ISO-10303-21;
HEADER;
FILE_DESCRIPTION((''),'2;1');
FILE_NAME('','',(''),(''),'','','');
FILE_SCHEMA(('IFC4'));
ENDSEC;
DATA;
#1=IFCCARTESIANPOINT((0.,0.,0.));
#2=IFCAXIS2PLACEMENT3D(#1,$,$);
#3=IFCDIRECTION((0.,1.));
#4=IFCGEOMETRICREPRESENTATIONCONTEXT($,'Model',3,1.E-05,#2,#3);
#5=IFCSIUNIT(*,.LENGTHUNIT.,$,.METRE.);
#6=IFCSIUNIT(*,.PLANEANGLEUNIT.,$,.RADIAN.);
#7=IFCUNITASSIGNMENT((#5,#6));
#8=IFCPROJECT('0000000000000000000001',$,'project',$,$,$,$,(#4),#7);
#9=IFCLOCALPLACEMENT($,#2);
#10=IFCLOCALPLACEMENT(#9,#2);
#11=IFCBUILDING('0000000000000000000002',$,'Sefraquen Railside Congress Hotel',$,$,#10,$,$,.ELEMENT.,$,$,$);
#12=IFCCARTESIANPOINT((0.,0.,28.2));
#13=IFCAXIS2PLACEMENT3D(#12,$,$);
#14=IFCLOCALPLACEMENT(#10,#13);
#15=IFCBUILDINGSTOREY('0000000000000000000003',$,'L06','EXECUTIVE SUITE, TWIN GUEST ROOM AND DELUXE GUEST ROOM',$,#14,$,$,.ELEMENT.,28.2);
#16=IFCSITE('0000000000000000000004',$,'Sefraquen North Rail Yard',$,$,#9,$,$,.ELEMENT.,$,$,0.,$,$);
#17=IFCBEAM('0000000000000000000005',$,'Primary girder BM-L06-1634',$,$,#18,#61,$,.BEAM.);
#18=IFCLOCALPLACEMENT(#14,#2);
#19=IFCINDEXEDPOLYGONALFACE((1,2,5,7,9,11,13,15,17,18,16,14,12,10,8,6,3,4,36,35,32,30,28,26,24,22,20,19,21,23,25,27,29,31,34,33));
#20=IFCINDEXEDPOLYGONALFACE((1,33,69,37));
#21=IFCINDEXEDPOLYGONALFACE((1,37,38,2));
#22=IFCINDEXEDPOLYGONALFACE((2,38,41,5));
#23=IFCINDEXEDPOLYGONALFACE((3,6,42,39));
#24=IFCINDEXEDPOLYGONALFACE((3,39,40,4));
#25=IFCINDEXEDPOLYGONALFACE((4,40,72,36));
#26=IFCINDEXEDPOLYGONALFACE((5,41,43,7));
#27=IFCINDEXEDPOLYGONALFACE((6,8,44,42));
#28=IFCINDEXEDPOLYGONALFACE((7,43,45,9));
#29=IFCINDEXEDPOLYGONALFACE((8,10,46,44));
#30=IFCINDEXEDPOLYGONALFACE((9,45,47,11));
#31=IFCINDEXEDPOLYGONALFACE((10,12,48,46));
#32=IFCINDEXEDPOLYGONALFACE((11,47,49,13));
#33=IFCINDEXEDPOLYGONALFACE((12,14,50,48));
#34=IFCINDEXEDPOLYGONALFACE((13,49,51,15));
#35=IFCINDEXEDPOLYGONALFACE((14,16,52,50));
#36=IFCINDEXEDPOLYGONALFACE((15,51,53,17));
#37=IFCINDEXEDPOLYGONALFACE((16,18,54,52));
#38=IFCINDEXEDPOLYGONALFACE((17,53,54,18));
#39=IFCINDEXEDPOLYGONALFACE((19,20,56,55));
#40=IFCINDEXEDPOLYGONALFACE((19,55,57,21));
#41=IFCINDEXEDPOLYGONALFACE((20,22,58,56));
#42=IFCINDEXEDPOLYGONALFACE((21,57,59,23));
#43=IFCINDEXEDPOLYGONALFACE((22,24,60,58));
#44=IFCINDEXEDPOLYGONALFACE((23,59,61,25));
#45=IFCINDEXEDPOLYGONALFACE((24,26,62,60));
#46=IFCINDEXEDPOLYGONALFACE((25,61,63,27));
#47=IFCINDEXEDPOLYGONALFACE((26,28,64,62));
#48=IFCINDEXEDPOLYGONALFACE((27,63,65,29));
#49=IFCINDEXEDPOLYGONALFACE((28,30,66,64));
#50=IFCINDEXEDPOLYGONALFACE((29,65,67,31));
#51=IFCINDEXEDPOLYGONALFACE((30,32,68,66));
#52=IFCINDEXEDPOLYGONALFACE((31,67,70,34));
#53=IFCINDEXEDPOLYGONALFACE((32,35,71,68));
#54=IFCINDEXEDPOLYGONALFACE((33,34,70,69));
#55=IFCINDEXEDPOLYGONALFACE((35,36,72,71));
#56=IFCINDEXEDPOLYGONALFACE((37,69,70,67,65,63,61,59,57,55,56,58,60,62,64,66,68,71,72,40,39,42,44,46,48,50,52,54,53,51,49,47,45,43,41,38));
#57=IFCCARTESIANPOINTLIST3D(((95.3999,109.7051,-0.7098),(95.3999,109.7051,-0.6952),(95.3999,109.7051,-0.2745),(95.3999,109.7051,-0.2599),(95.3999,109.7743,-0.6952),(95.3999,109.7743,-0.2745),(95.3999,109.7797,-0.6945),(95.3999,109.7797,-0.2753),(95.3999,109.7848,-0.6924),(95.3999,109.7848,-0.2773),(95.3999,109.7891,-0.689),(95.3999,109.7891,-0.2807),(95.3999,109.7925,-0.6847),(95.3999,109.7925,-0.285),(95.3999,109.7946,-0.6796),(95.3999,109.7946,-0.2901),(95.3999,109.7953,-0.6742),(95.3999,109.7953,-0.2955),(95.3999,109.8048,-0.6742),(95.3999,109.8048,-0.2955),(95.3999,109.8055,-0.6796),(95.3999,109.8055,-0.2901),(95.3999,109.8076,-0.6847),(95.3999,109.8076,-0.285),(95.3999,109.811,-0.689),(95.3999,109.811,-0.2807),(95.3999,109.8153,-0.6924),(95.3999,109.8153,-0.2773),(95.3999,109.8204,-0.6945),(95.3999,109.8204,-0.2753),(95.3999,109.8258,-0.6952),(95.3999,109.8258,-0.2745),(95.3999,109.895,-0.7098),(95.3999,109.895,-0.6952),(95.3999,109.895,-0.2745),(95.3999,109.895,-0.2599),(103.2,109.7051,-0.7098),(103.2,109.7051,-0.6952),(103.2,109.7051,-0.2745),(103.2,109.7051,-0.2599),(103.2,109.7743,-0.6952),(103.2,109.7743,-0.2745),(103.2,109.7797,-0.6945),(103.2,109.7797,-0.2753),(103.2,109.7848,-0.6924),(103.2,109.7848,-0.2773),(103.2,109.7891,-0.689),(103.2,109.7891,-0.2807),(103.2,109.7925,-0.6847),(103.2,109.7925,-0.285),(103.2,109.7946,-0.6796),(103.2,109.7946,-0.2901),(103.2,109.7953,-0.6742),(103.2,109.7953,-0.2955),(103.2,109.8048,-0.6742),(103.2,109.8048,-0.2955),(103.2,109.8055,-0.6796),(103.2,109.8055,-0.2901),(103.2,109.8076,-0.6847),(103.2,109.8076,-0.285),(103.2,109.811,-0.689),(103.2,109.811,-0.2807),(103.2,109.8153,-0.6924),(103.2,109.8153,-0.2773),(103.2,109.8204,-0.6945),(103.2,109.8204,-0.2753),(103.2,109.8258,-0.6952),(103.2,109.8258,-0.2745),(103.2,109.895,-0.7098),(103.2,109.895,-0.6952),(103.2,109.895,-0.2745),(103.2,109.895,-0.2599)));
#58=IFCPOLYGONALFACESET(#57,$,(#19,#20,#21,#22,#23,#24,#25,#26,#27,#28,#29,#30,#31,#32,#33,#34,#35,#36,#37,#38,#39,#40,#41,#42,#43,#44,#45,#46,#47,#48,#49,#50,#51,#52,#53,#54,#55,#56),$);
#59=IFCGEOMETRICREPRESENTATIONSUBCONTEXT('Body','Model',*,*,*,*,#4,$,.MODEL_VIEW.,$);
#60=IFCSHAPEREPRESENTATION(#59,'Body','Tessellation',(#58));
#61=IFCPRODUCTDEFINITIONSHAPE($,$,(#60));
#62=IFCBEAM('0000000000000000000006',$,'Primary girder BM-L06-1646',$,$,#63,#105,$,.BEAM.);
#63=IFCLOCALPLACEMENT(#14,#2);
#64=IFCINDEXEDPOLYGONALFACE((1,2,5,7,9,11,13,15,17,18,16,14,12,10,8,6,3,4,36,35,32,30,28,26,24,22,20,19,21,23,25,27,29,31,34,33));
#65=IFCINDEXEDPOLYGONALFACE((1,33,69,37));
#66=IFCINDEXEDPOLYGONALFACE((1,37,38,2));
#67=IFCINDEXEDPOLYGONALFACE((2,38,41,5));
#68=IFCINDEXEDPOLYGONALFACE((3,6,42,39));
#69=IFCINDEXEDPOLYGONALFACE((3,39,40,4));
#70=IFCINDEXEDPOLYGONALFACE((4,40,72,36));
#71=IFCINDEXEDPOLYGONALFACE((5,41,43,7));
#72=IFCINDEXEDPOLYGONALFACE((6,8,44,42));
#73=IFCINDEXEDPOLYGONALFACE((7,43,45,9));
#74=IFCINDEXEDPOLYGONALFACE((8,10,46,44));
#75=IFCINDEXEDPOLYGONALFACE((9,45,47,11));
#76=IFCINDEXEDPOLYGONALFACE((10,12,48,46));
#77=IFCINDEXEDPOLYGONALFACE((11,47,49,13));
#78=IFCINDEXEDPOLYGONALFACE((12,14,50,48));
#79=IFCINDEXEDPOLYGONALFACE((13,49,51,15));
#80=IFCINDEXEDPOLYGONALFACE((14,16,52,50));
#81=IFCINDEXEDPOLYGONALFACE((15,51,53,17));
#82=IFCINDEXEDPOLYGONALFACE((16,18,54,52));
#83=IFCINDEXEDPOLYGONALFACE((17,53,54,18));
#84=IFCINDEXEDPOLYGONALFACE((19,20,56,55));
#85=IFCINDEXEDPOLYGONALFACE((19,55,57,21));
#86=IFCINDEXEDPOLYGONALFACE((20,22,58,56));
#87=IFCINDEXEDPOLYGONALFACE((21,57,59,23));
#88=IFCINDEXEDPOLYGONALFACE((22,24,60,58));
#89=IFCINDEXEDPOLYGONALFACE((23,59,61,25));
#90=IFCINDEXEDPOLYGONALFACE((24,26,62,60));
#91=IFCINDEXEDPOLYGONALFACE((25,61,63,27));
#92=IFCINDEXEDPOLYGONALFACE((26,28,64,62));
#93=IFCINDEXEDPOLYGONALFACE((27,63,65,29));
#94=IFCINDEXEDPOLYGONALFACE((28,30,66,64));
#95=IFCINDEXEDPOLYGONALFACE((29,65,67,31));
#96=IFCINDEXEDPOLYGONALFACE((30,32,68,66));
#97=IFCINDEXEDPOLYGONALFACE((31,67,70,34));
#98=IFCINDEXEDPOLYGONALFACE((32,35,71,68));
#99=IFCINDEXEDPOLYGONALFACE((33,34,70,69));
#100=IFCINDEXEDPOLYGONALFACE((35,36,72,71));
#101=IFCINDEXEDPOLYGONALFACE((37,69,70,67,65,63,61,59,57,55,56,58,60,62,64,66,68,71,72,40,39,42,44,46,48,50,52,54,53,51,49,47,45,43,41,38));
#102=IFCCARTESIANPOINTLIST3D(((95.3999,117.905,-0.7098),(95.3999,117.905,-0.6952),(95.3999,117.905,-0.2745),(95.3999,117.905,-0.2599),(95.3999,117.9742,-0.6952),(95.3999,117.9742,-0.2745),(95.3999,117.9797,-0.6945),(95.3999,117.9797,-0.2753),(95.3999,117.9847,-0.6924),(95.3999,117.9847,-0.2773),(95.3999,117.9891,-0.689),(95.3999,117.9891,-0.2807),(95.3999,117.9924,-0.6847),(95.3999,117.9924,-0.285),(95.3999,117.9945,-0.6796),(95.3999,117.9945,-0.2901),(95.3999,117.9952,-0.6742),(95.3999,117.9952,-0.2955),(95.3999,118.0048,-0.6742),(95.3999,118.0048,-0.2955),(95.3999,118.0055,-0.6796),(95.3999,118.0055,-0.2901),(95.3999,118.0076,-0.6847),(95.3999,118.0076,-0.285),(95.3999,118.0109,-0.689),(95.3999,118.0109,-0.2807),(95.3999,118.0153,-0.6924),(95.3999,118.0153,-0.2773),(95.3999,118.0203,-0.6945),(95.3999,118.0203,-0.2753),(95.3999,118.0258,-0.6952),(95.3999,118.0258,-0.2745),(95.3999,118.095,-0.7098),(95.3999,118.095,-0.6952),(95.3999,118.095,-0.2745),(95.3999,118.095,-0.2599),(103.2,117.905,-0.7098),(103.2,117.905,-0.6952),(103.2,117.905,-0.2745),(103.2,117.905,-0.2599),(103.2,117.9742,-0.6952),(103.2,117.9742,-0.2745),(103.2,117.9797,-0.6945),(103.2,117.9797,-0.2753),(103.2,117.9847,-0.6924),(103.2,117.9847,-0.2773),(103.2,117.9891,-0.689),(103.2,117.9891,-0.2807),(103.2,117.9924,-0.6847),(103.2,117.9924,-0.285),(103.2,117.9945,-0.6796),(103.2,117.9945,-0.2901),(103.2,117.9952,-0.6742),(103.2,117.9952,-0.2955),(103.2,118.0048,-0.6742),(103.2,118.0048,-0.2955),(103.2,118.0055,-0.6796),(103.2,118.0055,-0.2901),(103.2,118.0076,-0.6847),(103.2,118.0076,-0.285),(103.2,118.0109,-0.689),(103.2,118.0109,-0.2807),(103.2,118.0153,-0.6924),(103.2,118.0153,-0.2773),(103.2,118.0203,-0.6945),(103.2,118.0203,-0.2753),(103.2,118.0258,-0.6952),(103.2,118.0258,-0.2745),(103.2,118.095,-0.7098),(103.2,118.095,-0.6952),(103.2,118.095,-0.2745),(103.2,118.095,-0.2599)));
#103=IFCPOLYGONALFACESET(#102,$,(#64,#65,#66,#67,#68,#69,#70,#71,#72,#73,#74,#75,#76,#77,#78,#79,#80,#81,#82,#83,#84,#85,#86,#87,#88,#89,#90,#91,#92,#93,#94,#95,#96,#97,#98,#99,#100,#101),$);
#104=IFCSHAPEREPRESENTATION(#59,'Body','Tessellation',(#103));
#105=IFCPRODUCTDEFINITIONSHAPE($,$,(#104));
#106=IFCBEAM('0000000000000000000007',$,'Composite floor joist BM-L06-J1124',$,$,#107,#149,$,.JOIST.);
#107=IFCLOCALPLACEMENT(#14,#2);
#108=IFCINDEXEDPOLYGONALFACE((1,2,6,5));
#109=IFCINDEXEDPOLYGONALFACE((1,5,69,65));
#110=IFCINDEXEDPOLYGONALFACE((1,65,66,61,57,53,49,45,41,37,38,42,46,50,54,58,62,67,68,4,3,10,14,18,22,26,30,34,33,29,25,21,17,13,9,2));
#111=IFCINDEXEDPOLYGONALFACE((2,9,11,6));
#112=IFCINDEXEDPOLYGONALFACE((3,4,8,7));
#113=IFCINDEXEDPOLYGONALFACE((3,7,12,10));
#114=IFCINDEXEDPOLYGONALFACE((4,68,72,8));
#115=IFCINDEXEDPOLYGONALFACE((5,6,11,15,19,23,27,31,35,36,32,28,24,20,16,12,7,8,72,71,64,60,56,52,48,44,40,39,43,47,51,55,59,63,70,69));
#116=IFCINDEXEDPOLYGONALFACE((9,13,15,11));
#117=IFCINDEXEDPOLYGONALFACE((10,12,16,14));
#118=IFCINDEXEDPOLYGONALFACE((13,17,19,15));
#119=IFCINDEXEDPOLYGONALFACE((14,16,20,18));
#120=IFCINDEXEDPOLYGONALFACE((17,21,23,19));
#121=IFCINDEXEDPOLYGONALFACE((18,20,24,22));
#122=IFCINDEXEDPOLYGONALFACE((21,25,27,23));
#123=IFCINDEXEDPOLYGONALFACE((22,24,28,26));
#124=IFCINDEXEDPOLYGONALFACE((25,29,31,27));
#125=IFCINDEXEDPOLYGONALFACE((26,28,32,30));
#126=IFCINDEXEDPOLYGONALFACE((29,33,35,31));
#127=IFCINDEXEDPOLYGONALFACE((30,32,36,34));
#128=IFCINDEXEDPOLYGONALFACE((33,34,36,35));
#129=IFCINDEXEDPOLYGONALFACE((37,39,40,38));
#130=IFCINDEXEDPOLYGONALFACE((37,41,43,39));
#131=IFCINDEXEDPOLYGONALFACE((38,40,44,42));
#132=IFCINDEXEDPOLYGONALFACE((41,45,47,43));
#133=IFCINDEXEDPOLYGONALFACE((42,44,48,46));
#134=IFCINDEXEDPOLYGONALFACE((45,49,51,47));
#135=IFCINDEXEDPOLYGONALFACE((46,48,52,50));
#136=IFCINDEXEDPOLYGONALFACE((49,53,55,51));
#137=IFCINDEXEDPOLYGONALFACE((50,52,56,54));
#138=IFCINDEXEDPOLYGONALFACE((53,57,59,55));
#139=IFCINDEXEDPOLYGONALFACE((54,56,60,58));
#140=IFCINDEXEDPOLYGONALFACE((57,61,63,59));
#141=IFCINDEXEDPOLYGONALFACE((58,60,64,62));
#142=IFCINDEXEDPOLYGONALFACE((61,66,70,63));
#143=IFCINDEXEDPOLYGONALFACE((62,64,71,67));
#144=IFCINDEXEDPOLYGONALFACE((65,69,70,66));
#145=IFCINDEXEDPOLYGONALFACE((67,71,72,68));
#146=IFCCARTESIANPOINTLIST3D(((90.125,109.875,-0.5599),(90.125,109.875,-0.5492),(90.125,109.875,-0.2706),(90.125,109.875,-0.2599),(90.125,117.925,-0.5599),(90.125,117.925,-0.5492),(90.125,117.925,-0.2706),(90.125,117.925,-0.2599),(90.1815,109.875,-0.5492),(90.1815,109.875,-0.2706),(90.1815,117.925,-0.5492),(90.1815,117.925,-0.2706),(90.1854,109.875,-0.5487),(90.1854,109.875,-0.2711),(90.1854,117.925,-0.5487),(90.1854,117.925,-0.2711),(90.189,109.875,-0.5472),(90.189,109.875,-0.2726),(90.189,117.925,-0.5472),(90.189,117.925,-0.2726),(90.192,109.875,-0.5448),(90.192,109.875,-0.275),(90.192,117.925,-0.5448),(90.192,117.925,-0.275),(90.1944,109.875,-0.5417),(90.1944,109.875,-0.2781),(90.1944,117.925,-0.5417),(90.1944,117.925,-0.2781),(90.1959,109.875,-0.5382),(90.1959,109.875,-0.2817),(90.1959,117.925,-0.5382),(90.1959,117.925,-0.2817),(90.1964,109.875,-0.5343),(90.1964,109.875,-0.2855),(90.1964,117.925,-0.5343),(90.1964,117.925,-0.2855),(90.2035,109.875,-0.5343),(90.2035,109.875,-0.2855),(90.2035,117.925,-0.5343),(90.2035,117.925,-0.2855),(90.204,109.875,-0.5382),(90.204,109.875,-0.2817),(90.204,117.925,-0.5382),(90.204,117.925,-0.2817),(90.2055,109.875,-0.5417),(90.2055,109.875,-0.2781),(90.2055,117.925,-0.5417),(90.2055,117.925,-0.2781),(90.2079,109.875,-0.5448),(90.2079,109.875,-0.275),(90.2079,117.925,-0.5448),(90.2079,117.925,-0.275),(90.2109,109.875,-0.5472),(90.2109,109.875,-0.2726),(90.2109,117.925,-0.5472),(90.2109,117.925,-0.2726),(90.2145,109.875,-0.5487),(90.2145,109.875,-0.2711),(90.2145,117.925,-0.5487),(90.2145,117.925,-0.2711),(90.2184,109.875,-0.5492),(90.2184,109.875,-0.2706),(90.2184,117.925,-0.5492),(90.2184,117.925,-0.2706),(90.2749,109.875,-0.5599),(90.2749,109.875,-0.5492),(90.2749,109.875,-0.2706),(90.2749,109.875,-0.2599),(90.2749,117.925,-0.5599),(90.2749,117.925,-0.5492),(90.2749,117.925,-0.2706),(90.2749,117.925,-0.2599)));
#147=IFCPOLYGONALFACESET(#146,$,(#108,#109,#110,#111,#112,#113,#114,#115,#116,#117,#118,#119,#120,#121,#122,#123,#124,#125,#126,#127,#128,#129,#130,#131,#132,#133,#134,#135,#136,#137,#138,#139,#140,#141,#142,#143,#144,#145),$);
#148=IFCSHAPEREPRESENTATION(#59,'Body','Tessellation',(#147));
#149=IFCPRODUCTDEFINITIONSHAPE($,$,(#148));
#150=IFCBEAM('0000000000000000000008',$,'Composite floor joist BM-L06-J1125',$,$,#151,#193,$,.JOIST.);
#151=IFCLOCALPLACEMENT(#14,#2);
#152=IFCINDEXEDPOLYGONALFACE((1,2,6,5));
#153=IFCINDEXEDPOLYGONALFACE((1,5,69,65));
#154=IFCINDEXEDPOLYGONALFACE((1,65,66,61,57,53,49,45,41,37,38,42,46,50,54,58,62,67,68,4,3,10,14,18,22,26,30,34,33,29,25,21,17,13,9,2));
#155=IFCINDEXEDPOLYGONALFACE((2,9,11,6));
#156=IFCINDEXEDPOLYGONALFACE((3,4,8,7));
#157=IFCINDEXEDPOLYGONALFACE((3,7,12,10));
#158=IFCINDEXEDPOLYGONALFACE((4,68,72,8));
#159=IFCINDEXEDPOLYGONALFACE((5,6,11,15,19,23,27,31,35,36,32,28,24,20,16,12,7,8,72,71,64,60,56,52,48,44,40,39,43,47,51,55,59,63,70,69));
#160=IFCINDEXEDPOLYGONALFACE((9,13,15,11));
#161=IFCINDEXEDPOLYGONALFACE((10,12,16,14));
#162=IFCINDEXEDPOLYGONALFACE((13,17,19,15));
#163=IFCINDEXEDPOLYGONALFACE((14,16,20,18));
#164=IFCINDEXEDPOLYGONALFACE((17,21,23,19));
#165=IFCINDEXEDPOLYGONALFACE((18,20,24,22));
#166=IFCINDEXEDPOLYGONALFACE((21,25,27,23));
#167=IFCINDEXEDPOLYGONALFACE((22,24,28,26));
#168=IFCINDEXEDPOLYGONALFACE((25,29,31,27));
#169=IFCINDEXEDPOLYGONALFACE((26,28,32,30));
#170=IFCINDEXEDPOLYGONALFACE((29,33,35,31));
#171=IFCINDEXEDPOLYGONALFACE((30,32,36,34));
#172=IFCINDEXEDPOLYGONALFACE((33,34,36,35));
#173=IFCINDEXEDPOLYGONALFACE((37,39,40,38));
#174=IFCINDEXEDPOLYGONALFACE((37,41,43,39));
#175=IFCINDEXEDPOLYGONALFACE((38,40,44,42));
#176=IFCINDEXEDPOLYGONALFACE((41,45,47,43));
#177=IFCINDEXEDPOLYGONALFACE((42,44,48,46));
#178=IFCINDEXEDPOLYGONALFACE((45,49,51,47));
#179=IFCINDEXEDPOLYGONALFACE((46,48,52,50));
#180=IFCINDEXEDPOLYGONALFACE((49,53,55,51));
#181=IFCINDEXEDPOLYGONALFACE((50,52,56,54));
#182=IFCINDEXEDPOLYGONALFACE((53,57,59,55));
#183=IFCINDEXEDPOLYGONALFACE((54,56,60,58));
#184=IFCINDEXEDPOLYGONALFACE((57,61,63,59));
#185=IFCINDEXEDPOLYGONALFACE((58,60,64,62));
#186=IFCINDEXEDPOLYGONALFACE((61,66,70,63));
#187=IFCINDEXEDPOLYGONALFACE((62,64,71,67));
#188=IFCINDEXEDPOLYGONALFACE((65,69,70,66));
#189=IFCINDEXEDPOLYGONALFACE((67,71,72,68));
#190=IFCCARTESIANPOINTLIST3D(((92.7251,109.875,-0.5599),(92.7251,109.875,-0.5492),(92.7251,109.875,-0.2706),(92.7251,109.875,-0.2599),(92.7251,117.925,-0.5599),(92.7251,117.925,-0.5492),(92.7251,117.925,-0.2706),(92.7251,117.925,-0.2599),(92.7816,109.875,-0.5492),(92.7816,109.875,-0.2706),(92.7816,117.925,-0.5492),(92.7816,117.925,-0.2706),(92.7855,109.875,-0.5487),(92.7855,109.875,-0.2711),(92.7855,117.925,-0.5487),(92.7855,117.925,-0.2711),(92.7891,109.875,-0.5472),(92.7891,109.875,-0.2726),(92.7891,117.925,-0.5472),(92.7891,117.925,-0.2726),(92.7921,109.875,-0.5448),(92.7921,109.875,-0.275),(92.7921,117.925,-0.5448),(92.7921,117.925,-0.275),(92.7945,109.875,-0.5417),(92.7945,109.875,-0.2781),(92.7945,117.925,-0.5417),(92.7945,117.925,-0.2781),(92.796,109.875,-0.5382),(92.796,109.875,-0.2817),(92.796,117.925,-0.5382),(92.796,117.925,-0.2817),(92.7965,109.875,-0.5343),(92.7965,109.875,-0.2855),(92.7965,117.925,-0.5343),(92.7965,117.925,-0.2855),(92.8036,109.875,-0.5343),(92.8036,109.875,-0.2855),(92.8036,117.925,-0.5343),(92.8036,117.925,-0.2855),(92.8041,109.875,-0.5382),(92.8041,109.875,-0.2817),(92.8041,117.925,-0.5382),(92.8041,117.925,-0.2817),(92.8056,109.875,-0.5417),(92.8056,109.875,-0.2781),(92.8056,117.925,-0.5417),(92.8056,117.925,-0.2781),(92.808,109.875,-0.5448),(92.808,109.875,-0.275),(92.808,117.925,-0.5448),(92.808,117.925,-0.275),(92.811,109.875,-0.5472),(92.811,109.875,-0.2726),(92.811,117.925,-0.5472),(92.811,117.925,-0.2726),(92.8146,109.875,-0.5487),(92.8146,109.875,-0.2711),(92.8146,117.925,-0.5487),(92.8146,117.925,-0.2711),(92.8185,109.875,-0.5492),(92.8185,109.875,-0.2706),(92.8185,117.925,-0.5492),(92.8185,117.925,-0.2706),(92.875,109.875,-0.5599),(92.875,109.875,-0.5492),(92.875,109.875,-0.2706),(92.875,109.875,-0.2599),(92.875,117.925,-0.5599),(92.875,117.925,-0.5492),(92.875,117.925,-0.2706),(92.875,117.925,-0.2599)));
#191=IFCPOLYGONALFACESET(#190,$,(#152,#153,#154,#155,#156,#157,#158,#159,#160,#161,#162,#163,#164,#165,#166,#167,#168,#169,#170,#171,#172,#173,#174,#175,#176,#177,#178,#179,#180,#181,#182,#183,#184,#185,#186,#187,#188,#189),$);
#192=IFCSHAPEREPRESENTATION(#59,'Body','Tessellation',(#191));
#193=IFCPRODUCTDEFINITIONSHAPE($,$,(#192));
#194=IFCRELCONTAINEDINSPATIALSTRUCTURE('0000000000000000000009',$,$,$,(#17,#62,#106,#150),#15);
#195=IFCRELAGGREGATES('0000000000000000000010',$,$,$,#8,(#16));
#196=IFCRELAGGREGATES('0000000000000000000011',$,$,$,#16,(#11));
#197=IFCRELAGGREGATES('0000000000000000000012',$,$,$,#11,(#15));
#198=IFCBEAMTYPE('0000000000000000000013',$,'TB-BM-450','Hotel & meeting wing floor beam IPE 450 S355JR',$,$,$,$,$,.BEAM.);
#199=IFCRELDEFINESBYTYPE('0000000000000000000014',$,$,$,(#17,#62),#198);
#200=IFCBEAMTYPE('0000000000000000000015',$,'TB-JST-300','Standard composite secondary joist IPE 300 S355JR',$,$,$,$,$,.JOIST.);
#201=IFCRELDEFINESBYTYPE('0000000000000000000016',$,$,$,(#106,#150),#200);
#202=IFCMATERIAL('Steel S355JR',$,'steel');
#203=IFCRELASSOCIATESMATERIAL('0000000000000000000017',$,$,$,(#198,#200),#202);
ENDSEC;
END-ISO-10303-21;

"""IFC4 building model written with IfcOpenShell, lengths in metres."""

from ifc_helpers import new_model, si_unit, direction, frame, origin, origin_2d, place, context, subcontext, project, spatial, i_section, extrude, material, material_profile, profile_set, type_object, element, save


model = new_model("IFC4")

# Units and contexts
model_context = context("Model", 3, precision=1e-05, world=origin(), true_north=direction((0.0, 1.0)))
body_context = subcontext(model_context, "Body", "Model", "MODEL_VIEW")
ifc_project = project(units=[si_unit("LENGTHUNIT", "METRE"), si_unit("PLANEANGLEUNIT", "RADIAN")], contexts=[model_context])

# Site, building, storey
site_placement = place(None, origin())
site = spatial("IfcSite", under=ifc_project, at=site_placement, Name="Sefraquen North Rail Yard", CompositionType="ELEMENT", RefElevation=0.0)
building_placement = place(site_placement, origin())
building = spatial("IfcBuilding", under=site, at=building_placement, Name="Sefraquen Railside Congress Hotel", CompositionType="ELEMENT")
storey_placement = place(building_placement, frame((0.0, 0.0, 28.2)))
storey = spatial("IfcBuildingStorey", under=building, at=storey_placement, Name="L06", Description="EXECUTIVE SUITE, TWIN GUEST ROOM AND DELUXE GUEST ROOM", CompositionType="ELEMENT", Elevation=28.2)

# Shared definitions
ifc_material_1 = material(Name="Steel S355JR", Category="steel")

# Beams
ifc_material_profile_1 = material_profile(ifc_material_1, i_section(OverallWidth=0.1899, OverallDepth=0.45, WebThickness=0.0095, FlangeThickness=0.0146, FilletRadius=0.021, at=origin_2d()), Name="IPE 450")
ifc_profile_set_1 = profile_set([ifc_material_profile_1], Name="Steel S355JR")
beam_type_1 = type_object("IfcBeamType", Name="TB-BM-450", Description="Hotel & meeting wing floor beam IPE 450 S355JR", PredefinedType="BEAM", material=ifc_profile_set_1)
for number, where, z_axis, x_axis, name in (
    (1, (95.3999, 109.8, -0.4849), (1.0, 0.0, 0.0), (0.0, 1.0, 0.0), "Primary girder BM-L06-1634"),
    (2, (95.3999, 118.0, -0.4849), (1.0, 0.0, 0.0), (0.0, 1.0, 0.0), "Primary girder BM-L06-1646"),
):
    element("IfcBeam", number, at=place(storey_placement, frame(where, z_axis=z_axis, x_axis=x_axis)), inside=storey, type_object=beam_type_1, Name=name, PredefinedType="BEAM", context=body_context, shape_type="SweptSolid", body=[
        extrude(i_section(OverallWidth=0.1899, OverallDepth=0.45, WebThickness=0.0095, FlangeThickness=0.0146, FilletRadius=0.021, at=origin_2d()), origin(), (0.0, 0.0, 1.0), 7.8),
    ])
ifc_material_profile_2 = material_profile(ifc_material_1, i_section(OverallWidth=0.1499, OverallDepth=0.3, WebThickness=0.0071, FlangeThickness=0.0107, FilletRadius=0.0149, at=origin_2d()), Name="IPE 300")
ifc_profile_set_2 = profile_set([ifc_material_profile_2], Name="Steel S355JR")
beam_type_2 = type_object("IfcBeamType", Name="TB-JST-300", Description="Standard composite secondary joist IPE 300 S355JR", PredefinedType="JOIST", material=ifc_profile_set_2)
for number, where, z_axis, x_axis, name in (
    (3, (90.2, 109.875, -0.4099), (0.0, 1.0, 0.0), (-1.0, 0.0, 0.0), "Composite floor joist BM-L06-J1124"),
    (4, (92.8, 109.875, -0.4099), (0.0, 1.0, 0.0), (-1.0, 0.0, 0.0), "Composite floor joist BM-L06-J1125"),
):
    element("IfcBeam", number, at=place(storey_placement, frame(where, z_axis=z_axis, x_axis=x_axis)), inside=storey, type_object=beam_type_2, Name=name, PredefinedType="JOIST", context=body_context, shape_type="SweptSolid", body=[
        extrude(i_section(OverallWidth=0.1499, OverallDepth=0.3, WebThickness=0.0071, FlangeThickness=0.0107, FilletRadius=0.0149, at=origin_2d()), origin(), (0.0, 0.0, 1.0), 8.05),
    ])

save(model, "model.ifc")
